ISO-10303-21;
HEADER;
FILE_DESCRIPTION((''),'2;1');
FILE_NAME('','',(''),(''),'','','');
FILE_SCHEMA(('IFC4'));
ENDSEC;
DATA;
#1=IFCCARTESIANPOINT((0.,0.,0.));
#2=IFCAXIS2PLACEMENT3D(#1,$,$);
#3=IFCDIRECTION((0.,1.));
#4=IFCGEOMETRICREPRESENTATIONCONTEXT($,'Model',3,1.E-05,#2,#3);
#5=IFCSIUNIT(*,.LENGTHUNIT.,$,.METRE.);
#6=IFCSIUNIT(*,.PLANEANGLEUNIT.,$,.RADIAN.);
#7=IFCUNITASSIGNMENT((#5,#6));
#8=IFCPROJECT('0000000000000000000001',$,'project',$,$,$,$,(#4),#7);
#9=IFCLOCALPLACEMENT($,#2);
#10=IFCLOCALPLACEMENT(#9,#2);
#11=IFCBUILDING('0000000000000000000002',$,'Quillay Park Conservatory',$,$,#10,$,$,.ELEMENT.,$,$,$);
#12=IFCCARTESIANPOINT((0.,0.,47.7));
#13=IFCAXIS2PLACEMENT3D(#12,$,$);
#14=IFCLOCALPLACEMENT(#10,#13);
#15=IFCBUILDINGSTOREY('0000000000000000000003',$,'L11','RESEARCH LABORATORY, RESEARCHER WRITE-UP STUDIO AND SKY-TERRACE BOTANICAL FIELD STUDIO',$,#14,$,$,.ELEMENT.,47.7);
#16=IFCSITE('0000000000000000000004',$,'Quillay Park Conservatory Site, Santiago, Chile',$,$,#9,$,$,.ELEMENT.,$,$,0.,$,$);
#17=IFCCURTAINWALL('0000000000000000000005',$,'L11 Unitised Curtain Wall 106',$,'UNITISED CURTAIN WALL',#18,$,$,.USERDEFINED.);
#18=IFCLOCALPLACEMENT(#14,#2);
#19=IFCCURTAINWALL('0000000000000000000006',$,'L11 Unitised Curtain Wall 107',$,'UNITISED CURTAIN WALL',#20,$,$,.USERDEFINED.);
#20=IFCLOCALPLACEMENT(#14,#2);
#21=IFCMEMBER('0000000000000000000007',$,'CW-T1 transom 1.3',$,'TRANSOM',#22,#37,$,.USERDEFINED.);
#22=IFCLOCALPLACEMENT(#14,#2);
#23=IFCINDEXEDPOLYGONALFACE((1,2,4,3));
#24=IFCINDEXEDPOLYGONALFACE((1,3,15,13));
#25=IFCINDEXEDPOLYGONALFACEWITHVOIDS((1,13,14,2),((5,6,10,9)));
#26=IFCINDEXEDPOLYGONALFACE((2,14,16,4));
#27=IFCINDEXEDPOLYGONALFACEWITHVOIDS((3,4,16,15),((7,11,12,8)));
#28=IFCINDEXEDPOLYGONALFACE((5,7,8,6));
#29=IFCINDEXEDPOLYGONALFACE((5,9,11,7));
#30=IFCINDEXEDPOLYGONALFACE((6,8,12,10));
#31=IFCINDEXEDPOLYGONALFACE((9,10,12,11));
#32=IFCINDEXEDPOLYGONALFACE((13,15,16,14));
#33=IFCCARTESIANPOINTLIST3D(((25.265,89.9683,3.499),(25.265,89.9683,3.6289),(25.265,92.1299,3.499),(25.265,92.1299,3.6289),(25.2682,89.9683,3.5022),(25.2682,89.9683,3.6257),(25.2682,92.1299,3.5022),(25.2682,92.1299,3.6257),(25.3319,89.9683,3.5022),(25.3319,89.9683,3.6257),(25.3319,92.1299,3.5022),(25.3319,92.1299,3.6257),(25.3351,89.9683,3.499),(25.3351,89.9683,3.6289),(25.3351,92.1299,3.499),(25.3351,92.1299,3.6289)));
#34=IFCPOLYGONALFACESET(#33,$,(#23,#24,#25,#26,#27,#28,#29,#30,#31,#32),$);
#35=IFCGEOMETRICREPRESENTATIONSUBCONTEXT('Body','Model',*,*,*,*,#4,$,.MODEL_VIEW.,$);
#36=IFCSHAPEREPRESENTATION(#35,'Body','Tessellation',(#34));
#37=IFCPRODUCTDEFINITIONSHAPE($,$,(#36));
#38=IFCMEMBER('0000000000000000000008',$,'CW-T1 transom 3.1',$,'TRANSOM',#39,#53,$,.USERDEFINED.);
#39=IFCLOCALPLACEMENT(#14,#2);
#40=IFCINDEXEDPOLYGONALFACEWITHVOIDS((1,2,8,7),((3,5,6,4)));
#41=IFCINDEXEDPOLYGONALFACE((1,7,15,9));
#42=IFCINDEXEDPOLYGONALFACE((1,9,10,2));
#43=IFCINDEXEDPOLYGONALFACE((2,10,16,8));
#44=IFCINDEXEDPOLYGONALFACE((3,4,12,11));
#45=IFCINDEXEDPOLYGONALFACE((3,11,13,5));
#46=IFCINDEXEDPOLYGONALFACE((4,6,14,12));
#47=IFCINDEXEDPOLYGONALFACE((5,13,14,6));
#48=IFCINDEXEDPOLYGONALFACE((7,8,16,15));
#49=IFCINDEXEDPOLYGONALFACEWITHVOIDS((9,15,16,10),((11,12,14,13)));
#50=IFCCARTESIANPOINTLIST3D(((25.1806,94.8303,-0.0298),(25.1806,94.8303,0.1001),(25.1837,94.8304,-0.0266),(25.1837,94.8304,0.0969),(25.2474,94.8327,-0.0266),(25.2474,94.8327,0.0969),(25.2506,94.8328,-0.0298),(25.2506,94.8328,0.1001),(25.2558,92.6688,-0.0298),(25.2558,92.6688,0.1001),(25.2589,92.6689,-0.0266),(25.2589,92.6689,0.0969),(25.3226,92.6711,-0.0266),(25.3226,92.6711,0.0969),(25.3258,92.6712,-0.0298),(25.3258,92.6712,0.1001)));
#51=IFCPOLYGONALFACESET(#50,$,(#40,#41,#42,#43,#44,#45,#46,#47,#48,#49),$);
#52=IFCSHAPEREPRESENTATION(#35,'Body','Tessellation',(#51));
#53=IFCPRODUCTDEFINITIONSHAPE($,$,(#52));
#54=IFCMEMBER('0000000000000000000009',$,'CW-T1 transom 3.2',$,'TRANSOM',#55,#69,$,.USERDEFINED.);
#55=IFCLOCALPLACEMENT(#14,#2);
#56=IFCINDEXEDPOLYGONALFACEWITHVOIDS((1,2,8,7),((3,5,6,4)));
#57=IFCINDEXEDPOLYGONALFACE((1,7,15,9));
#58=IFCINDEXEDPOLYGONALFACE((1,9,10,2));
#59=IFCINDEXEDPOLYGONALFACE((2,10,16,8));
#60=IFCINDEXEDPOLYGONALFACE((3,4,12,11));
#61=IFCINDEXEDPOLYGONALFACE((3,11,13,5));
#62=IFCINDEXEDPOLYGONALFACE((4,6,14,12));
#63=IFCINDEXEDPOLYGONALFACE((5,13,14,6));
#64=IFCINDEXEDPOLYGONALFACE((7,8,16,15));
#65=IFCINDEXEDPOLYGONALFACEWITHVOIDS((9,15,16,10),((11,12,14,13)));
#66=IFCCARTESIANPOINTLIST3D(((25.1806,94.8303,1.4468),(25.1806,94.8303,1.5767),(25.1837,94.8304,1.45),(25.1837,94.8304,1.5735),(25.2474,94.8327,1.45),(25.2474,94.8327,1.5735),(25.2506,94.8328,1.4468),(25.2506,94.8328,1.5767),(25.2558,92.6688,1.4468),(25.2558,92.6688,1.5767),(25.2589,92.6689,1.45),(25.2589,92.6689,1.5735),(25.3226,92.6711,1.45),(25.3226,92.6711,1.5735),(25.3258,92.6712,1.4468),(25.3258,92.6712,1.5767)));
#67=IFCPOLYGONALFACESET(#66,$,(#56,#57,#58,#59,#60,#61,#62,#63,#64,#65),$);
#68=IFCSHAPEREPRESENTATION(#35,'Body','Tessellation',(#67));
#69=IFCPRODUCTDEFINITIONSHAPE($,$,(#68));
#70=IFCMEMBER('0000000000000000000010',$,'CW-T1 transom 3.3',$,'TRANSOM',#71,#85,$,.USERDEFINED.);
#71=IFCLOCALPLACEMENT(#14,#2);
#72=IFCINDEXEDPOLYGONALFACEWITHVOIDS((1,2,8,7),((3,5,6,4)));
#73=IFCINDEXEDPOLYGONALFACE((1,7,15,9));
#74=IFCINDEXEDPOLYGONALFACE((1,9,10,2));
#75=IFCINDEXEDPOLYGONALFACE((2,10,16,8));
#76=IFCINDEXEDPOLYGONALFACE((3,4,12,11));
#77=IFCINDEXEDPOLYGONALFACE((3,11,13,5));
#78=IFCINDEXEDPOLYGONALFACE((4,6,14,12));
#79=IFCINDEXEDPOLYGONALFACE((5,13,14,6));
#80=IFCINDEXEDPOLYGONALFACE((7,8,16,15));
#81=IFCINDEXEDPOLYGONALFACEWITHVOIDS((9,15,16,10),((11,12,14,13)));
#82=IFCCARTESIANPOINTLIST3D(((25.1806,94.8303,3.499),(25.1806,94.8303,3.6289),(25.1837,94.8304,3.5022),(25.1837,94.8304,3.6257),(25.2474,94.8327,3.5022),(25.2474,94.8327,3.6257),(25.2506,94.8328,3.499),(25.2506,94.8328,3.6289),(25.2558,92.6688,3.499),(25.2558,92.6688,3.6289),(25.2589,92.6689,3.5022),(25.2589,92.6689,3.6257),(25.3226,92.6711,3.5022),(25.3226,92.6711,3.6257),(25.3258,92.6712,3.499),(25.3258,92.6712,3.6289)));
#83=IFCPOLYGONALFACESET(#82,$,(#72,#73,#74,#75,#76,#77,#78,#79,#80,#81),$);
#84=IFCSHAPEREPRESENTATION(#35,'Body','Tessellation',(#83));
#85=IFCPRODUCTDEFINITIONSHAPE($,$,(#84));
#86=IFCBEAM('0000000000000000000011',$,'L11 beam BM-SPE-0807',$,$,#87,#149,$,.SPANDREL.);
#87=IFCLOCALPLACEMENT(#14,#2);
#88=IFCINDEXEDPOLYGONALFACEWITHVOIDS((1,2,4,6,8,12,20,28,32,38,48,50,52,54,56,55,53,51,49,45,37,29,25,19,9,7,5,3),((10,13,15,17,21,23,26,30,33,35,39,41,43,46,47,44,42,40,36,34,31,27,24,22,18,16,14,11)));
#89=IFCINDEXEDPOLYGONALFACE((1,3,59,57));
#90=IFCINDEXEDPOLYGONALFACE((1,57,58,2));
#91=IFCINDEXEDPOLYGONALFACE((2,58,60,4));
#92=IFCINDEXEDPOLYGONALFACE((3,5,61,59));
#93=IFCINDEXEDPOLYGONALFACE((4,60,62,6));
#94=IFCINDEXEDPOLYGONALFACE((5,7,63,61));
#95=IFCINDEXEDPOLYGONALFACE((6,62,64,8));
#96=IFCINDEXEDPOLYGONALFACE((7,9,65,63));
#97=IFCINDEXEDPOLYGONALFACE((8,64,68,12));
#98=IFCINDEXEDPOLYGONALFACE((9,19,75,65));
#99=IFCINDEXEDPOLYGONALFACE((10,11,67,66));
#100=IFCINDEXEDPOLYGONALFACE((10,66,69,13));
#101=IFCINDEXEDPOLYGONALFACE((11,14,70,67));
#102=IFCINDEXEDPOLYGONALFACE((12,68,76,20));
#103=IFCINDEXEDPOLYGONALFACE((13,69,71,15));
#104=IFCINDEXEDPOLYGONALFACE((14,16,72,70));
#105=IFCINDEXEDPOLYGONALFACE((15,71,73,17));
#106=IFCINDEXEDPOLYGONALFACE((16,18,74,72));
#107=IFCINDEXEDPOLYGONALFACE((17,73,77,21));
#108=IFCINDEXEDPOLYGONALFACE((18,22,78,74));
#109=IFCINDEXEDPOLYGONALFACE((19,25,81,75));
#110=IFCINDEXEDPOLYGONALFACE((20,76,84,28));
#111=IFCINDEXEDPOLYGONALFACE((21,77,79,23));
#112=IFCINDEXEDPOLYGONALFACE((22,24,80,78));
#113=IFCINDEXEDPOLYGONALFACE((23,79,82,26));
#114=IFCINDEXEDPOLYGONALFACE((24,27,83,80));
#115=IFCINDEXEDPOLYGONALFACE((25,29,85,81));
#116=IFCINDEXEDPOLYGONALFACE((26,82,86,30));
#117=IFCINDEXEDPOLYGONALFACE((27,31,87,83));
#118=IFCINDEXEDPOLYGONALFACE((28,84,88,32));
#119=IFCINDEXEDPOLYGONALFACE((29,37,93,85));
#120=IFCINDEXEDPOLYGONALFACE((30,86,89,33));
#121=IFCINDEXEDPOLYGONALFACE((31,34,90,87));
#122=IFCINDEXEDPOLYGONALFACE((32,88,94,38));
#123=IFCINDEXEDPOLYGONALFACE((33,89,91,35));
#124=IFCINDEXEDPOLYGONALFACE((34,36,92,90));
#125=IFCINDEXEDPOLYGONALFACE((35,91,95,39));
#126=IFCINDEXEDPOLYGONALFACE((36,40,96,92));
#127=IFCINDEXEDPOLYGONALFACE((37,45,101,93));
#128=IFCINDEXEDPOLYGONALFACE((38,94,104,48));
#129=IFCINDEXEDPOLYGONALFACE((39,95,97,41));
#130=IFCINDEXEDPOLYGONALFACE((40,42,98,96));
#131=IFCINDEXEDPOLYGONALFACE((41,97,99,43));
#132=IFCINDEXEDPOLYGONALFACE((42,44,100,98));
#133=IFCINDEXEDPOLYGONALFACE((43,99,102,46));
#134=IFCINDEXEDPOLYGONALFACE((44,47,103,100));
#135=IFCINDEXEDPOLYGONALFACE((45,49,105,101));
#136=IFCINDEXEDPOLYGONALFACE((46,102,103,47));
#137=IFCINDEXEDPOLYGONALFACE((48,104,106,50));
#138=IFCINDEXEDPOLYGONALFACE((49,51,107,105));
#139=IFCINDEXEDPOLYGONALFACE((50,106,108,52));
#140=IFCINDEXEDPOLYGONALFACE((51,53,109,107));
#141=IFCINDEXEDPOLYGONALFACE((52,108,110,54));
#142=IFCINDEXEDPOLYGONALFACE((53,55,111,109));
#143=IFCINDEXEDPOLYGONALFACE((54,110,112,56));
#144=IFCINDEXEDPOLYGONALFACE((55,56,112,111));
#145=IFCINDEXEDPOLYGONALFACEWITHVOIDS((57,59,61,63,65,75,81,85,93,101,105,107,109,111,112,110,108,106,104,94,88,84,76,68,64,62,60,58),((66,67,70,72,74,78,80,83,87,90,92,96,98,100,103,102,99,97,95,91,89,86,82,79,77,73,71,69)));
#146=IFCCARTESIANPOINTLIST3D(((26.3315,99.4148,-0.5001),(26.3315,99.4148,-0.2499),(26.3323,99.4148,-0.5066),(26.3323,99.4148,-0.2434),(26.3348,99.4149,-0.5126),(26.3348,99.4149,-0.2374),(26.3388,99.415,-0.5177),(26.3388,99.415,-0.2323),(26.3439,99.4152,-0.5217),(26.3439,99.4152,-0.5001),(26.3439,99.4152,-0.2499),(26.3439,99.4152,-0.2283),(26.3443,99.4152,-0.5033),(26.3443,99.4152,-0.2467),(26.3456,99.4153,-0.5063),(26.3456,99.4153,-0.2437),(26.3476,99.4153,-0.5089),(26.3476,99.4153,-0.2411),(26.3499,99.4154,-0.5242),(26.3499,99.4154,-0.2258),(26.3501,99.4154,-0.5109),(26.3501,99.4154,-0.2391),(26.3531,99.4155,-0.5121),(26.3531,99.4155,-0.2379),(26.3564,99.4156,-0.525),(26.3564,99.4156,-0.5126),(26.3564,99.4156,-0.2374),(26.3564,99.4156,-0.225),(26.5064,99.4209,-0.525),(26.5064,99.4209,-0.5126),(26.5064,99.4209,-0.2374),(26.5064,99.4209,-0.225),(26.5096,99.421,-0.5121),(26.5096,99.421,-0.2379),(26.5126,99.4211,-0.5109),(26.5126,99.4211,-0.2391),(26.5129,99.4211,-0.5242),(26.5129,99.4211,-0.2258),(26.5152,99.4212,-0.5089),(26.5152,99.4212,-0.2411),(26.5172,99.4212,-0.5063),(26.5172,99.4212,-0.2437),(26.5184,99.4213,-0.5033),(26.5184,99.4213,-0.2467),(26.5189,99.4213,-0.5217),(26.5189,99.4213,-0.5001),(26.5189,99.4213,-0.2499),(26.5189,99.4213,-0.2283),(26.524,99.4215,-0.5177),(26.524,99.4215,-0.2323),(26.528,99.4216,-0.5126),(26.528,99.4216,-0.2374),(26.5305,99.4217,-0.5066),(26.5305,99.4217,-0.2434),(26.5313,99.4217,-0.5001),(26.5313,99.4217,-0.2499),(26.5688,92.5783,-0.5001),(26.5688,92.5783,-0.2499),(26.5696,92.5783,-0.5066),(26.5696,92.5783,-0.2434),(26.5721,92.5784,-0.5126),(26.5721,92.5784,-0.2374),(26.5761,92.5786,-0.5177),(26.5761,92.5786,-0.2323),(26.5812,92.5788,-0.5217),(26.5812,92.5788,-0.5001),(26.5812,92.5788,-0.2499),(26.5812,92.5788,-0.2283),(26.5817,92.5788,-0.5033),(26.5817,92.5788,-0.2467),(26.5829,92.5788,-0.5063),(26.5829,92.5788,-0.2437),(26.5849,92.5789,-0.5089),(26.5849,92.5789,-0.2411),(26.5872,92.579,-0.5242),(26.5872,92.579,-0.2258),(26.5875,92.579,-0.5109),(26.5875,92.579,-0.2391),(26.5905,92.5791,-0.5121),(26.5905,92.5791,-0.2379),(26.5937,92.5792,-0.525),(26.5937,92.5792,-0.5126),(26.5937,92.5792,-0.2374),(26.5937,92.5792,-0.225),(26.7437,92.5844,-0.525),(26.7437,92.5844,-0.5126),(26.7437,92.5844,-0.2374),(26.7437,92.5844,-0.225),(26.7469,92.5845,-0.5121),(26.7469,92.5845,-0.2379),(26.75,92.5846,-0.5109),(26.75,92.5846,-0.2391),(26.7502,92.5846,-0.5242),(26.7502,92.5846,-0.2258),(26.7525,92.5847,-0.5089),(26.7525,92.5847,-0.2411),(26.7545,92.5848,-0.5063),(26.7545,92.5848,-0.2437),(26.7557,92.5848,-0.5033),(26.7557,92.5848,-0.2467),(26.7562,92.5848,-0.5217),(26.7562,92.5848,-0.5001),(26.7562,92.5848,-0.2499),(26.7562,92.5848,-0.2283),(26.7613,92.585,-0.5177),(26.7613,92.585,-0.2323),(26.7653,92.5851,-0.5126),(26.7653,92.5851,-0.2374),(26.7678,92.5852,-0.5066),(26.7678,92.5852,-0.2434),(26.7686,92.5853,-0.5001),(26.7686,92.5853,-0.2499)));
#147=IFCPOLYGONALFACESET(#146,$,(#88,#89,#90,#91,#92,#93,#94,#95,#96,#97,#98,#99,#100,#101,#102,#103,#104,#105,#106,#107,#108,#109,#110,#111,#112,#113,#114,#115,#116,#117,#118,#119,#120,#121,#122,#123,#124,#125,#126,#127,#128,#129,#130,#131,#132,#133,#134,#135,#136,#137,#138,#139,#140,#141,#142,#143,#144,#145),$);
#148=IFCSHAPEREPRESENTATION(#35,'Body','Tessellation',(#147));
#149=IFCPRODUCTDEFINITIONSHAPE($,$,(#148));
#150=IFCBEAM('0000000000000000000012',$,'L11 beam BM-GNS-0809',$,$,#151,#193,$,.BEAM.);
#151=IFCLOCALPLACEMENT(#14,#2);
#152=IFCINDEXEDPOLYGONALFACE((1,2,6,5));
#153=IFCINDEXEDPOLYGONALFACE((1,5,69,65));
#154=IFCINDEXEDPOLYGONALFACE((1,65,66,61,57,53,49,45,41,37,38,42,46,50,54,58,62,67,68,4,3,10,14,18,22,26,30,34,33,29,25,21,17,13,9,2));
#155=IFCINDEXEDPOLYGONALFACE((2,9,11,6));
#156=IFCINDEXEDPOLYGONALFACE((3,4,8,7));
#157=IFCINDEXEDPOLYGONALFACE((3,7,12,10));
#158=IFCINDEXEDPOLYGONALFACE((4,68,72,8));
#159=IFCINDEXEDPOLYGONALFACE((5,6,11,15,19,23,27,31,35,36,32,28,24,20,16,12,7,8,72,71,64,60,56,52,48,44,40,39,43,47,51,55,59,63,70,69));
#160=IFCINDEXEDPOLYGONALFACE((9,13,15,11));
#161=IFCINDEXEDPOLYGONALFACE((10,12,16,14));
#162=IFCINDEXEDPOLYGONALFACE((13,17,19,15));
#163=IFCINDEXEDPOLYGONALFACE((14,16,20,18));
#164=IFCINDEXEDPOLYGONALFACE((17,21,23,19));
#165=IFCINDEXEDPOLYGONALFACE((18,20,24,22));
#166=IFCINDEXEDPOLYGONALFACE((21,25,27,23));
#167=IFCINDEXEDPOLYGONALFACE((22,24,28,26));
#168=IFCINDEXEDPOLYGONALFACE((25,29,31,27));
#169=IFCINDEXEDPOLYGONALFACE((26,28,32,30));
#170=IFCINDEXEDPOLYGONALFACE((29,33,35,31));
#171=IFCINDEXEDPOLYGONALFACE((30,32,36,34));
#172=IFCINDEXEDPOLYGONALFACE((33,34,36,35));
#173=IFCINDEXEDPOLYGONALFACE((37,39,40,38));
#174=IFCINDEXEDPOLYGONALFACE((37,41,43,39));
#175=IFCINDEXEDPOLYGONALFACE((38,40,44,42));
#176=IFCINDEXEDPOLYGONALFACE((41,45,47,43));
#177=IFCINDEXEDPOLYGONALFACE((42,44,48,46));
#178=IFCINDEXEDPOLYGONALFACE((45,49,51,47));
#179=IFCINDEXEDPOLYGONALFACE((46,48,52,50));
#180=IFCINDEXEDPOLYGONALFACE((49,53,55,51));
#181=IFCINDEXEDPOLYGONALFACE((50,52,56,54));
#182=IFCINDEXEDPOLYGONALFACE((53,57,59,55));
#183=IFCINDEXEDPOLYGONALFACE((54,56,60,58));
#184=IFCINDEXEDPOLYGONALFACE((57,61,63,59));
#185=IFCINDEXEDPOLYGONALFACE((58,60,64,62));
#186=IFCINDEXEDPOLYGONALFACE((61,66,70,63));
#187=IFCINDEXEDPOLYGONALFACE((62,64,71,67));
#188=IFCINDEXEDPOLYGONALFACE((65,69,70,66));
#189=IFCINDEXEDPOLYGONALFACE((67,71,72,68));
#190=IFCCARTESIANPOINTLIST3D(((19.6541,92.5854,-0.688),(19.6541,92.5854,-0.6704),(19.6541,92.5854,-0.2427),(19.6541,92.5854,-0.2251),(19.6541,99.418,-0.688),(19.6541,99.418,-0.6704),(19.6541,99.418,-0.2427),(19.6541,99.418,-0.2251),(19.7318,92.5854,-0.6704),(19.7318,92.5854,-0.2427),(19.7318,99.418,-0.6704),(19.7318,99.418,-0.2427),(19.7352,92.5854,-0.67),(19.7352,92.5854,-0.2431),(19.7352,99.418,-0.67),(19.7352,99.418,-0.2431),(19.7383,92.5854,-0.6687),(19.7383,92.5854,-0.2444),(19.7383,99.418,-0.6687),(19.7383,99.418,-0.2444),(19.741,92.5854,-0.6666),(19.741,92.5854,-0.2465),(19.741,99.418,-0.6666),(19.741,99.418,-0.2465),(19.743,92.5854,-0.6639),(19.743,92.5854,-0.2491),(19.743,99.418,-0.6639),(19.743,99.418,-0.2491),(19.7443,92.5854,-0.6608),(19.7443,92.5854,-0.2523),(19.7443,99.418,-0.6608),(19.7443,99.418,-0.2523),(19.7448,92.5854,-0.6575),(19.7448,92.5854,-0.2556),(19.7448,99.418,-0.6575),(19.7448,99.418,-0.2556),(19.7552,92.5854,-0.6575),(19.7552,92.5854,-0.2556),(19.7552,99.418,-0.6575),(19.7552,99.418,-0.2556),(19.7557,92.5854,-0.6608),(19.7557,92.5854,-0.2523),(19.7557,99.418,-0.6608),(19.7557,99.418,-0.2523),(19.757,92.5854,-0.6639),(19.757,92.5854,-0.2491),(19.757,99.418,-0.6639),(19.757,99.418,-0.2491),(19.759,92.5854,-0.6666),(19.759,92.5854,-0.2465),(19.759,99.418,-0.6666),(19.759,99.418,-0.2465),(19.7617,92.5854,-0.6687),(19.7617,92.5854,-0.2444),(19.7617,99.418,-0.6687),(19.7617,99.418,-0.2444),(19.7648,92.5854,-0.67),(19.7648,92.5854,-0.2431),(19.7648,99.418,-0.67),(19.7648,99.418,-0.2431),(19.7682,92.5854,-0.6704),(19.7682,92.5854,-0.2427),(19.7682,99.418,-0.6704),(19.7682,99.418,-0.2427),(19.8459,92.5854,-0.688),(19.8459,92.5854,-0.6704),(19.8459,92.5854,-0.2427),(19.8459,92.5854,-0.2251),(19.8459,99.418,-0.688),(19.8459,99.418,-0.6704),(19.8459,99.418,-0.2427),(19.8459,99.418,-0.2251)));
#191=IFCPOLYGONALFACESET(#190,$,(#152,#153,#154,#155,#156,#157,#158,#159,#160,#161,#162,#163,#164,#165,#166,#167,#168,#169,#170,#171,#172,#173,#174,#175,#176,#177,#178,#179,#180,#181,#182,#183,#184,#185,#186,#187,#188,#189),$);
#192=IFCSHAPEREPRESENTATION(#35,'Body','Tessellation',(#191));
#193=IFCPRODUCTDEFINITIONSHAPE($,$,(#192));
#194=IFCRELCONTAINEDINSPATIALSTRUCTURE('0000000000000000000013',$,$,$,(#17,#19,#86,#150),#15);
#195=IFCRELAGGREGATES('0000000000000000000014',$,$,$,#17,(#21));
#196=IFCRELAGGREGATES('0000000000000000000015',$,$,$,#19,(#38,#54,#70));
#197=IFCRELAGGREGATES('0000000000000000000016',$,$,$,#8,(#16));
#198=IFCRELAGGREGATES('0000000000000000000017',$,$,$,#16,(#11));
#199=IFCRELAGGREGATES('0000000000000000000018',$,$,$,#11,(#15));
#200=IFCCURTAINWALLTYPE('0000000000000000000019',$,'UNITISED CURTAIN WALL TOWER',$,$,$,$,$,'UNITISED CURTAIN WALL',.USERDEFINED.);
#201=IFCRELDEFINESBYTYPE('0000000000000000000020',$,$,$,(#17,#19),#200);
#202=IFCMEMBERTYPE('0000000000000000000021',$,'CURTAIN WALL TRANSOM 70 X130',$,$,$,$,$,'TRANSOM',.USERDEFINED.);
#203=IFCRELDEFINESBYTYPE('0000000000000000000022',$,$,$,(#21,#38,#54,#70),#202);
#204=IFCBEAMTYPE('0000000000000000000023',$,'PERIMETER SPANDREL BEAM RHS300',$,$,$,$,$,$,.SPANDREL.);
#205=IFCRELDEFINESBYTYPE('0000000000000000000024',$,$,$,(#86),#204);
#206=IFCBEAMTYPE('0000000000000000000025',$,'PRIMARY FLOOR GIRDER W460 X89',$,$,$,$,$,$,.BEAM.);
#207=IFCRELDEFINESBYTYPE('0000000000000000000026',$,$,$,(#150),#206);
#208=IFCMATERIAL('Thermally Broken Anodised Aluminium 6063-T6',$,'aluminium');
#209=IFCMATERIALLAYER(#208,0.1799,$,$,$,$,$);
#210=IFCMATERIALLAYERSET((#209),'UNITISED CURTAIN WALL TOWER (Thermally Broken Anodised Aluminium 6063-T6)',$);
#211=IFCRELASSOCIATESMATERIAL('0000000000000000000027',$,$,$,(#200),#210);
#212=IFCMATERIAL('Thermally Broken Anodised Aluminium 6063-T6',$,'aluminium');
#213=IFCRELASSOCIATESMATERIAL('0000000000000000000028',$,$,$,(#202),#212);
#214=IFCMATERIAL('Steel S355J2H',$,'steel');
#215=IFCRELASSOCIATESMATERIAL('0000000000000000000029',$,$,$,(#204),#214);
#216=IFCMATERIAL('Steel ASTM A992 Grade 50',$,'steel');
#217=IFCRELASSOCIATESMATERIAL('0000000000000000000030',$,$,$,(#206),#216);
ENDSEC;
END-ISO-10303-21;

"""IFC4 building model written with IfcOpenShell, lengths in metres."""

from ifc_helpers import new_model, si_unit, direction, frame, origin, origin_2d, place, context, subcontext, project, spatial, hollow_rectangle, i_section, extrude, material, layer, layer_set, material_profile, profile_set, type_object, element, aggregate, save


model = new_model("IFC4")

# Units and contexts
model_context = context("Model", 3, precision=1e-05, world=origin(), true_north=direction((0.0, 1.0)))
body_context = subcontext(model_context, "Body", "Model", "MODEL_VIEW")
ifc_project = project(units=[si_unit("LENGTHUNIT", "METRE"), si_unit("PLANEANGLEUNIT", "RADIAN")], contexts=[model_context])

# Site, building, storey
site_placement = place(None, origin())
site = spatial("IfcSite", under=ifc_project, at=site_placement, Name="Quillay Park Conservatory Site, Santiago, Chile", CompositionType="ELEMENT", RefElevation=0.0)
building_placement = place(site_placement, origin())
building = spatial("IfcBuilding", under=site, at=building_placement, Name="Quillay Park Conservatory", CompositionType="ELEMENT")
storey_placement = place(building_placement, frame((0.0, 0.0, 47.7)))
storey = spatial("IfcBuildingStorey", under=building, at=storey_placement, Name="L11", Description="RESEARCH LABORATORY, RESEARCHER WRITE-UP STUDIO AND SKY-TERRACE BOTANICAL FIELD STUDIO", CompositionType="ELEMENT", Elevation=47.7)

# Curtain wall
ifc_material_1 = material(Name="Thermally Broken Anodised Aluminium 6063-T6", Category="aluminium")
ifc_layer_1 = layer(ifc_material_1, 0.1799)
ifc_layer_set_1 = layer_set([ifc_layer_1], Name="UNITISED CURTAIN WALL TOWER (Thermally Broken Anodised Aluminium 6063-T6)")
curtain_wall_type = type_object("IfcCurtainWallType", Name="UNITISED CURTAIN WALL TOWER", ElementType="UNITISED CURTAIN WALL", PredefinedType="USERDEFINED", material=ifc_layer_set_1)
curtain_wall_1_placement = place(storey_placement, origin())
curtain_wall_1 = element("IfcCurtainWall", 1, at=curtain_wall_1_placement, inside=storey, type_object=curtain_wall_type, Name="L11 Unitised Curtain Wall 106", ObjectType="UNITISED CURTAIN WALL", PredefinedType="USERDEFINED")

# Curtain wall
curtain_wall_2_placement = place(storey_placement, origin())
curtain_wall_2 = element("IfcCurtainWall", 2, at=curtain_wall_2_placement, inside=storey, type_object=curtain_wall_type, Name="L11 Unitised Curtain Wall 107", ObjectType="UNITISED CURTAIN WALL", PredefinedType="USERDEFINED")

# Members
ifc_material_2 = material(Name="Thermally Broken Anodised Aluminium 6063-T6", Category="aluminium")
ifc_material_profile_1 = material_profile(ifc_material_2, hollow_rectangle(XDim=0.0701, YDim=0.1299, WallThickness=0.0032, at=origin_2d()), Name="AL70x130x3.2")
ifc_profile_set_1 = profile_set([ifc_material_profile_1], Name="Thermally Broken Anodised Aluminium 6063-T6")
member_type_1 = type_object("IfcMemberType", Name="CURTAIN WALL TRANSOM 70 X130", ElementType="TRANSOM", PredefinedType="USERDEFINED", material=ifc_profile_set_1)
member_1_placement = place(storey_placement, frame((25.3, 92.1299, 3.564), z_axis=(0.0, -1.0, 0.0), x_axis=(1.0, 0.0, 0.0)))
member_1 = element("IfcMember", 3, at=member_1_placement, type_object=member_type_1, Name="CW-T1 transom 1.3", ObjectType="TRANSOM", PredefinedType="USERDEFINED", context=body_context, shape_type="SweptSolid", body=[
    extrude(hollow_rectangle(XDim=0.0701, YDim=0.1299, WallThickness=0.0032, at=origin_2d()), origin(), (0.0, 0.0, 1.0), 2.1616),
])
member_2_placement = place(storey_placement, frame((25.2156, 94.8315, 0.0352), z_axis=(0.034766, -0.999395, 0.0), x_axis=(0.999395, 0.034766, 0.0)))
member_2 = element("IfcMember", 4, at=member_2_placement, type_object=member_type_1, Name="CW-T1 transom 3.1", ObjectType="TRANSOM", PredefinedType="USERDEFINED", context=body_context, shape_type="SweptSolid", body=[
    extrude(hollow_rectangle(XDim=0.0701, YDim=0.1299, WallThickness=0.0032, at=origin_2d()), origin(), (0.0, 0.0, 1.0), 2.1628),
])
member_3_placement = place(storey_placement, frame((25.2156, 94.8315, 1.5117), z_axis=(0.034766, -0.999395, 0.0), x_axis=(0.999395, 0.034766, 0.0)))
member_3 = element("IfcMember", 5, at=member_3_placement, type_object=member_type_1, Name="CW-T1 transom 3.2", ObjectType="TRANSOM", PredefinedType="USERDEFINED", context=body_context, shape_type="SweptSolid", body=[
    extrude(hollow_rectangle(XDim=0.0701, YDim=0.1299, WallThickness=0.0032, at=origin_2d()), origin(), (0.0, 0.0, 1.0), 2.1628),
])
member_4_placement = place(storey_placement, frame((25.2156, 94.8315, 3.564), z_axis=(0.034766, -0.999395, 0.0), x_axis=(0.999395, 0.034766, 0.0)))
member_4 = element("IfcMember", 6, at=member_4_placement, type_object=member_type_1, Name="CW-T1 transom 3.3", ObjectType="TRANSOM", PredefinedType="USERDEFINED", context=body_context, shape_type="SweptSolid", body=[
    extrude(hollow_rectangle(XDim=0.0701, YDim=0.1299, WallThickness=0.0032, at=origin_2d()), origin(), (0.0, 0.0, 1.0), 2.1628),
])

# Beams
ifc_material_3 = material(Name="Steel S355J2H", Category="steel")
ifc_material_profile_2 = material_profile(ifc_material_3, hollow_rectangle(XDim=0.2, YDim=0.3, WallThickness=0.0125, InnerFilletRadius=0.0125, OuterFilletRadius=0.0249, at=origin_2d()), Name="RHS300x200x12.5")
ifc_profile_set_2 = profile_set([ifc_material_profile_2], Name="Steel S355J2H")
beam_type_1 = type_object("IfcBeamType", Name="PERIMETER SPANDREL BEAM RHS300", PredefinedType="SPANDREL", material=ifc_profile_set_2)
beam_1_placement = place(storey_placement, frame((26.6687, 92.5818, -0.375), z_axis=(-0.034691, 0.999398, 0.0), x_axis=(-0.999398, -0.034691, 0.0)))
element("IfcBeam", 7, at=beam_1_placement, inside=storey, type_object=beam_type_1, Name="L11 beam BM-SPE-0807", PredefinedType="SPANDREL", context=body_context, shape_type="SweptSolid", body=[
    extrude(hollow_rectangle(XDim=0.2, YDim=0.3, WallThickness=0.0125, InnerFilletRadius=0.0125, OuterFilletRadius=0.0249, at=origin_2d()), origin(), (0.0, 0.0, 1.0), 6.8406),
])
ifc_material_4 = material(Name="Steel ASTM A992 Grade 50", Category="steel")
ifc_material_profile_3 = material_profile(ifc_material_4, i_section(OverallWidth=0.1919, OverallDepth=0.4629, WebThickness=0.0105, FlangeThickness=0.0176, FilletRadius=0.0129, at=origin_2d()), Name="W460x89")
ifc_profile_set_3 = profile_set([ifc_material_profile_3], Name="Steel ASTM A992 Grade 50")
beam_type_2 = type_object("IfcBeamType", Name="PRIMARY FLOOR GIRDER W460 X89", PredefinedType="BEAM", material=ifc_profile_set_3)
beam_2_placement = place(storey_placement, frame((19.75, 92.5854, -0.4565), z_axis=(0.0, 1.0, 0.0), x_axis=(-1.0, 0.0, 0.0)))
element("IfcBeam", 8, at=beam_2_placement, inside=storey, type_object=beam_type_2, Name="L11 beam BM-GNS-0809", PredefinedType="BEAM", context=body_context, shape_type="SweptSolid", body=[
    extrude(i_section(OverallWidth=0.1919, OverallDepth=0.4629, WebThickness=0.0105, FlangeThickness=0.0176, FilletRadius=0.0129, at=origin_2d()), origin(), (0.0, 0.0, 1.0), 6.8325),
])

aggregate(curtain_wall_1, [member_1])
aggregate(curtain_wall_2, [member_2, member_3, member_4])

save(model, "model.ifc")
